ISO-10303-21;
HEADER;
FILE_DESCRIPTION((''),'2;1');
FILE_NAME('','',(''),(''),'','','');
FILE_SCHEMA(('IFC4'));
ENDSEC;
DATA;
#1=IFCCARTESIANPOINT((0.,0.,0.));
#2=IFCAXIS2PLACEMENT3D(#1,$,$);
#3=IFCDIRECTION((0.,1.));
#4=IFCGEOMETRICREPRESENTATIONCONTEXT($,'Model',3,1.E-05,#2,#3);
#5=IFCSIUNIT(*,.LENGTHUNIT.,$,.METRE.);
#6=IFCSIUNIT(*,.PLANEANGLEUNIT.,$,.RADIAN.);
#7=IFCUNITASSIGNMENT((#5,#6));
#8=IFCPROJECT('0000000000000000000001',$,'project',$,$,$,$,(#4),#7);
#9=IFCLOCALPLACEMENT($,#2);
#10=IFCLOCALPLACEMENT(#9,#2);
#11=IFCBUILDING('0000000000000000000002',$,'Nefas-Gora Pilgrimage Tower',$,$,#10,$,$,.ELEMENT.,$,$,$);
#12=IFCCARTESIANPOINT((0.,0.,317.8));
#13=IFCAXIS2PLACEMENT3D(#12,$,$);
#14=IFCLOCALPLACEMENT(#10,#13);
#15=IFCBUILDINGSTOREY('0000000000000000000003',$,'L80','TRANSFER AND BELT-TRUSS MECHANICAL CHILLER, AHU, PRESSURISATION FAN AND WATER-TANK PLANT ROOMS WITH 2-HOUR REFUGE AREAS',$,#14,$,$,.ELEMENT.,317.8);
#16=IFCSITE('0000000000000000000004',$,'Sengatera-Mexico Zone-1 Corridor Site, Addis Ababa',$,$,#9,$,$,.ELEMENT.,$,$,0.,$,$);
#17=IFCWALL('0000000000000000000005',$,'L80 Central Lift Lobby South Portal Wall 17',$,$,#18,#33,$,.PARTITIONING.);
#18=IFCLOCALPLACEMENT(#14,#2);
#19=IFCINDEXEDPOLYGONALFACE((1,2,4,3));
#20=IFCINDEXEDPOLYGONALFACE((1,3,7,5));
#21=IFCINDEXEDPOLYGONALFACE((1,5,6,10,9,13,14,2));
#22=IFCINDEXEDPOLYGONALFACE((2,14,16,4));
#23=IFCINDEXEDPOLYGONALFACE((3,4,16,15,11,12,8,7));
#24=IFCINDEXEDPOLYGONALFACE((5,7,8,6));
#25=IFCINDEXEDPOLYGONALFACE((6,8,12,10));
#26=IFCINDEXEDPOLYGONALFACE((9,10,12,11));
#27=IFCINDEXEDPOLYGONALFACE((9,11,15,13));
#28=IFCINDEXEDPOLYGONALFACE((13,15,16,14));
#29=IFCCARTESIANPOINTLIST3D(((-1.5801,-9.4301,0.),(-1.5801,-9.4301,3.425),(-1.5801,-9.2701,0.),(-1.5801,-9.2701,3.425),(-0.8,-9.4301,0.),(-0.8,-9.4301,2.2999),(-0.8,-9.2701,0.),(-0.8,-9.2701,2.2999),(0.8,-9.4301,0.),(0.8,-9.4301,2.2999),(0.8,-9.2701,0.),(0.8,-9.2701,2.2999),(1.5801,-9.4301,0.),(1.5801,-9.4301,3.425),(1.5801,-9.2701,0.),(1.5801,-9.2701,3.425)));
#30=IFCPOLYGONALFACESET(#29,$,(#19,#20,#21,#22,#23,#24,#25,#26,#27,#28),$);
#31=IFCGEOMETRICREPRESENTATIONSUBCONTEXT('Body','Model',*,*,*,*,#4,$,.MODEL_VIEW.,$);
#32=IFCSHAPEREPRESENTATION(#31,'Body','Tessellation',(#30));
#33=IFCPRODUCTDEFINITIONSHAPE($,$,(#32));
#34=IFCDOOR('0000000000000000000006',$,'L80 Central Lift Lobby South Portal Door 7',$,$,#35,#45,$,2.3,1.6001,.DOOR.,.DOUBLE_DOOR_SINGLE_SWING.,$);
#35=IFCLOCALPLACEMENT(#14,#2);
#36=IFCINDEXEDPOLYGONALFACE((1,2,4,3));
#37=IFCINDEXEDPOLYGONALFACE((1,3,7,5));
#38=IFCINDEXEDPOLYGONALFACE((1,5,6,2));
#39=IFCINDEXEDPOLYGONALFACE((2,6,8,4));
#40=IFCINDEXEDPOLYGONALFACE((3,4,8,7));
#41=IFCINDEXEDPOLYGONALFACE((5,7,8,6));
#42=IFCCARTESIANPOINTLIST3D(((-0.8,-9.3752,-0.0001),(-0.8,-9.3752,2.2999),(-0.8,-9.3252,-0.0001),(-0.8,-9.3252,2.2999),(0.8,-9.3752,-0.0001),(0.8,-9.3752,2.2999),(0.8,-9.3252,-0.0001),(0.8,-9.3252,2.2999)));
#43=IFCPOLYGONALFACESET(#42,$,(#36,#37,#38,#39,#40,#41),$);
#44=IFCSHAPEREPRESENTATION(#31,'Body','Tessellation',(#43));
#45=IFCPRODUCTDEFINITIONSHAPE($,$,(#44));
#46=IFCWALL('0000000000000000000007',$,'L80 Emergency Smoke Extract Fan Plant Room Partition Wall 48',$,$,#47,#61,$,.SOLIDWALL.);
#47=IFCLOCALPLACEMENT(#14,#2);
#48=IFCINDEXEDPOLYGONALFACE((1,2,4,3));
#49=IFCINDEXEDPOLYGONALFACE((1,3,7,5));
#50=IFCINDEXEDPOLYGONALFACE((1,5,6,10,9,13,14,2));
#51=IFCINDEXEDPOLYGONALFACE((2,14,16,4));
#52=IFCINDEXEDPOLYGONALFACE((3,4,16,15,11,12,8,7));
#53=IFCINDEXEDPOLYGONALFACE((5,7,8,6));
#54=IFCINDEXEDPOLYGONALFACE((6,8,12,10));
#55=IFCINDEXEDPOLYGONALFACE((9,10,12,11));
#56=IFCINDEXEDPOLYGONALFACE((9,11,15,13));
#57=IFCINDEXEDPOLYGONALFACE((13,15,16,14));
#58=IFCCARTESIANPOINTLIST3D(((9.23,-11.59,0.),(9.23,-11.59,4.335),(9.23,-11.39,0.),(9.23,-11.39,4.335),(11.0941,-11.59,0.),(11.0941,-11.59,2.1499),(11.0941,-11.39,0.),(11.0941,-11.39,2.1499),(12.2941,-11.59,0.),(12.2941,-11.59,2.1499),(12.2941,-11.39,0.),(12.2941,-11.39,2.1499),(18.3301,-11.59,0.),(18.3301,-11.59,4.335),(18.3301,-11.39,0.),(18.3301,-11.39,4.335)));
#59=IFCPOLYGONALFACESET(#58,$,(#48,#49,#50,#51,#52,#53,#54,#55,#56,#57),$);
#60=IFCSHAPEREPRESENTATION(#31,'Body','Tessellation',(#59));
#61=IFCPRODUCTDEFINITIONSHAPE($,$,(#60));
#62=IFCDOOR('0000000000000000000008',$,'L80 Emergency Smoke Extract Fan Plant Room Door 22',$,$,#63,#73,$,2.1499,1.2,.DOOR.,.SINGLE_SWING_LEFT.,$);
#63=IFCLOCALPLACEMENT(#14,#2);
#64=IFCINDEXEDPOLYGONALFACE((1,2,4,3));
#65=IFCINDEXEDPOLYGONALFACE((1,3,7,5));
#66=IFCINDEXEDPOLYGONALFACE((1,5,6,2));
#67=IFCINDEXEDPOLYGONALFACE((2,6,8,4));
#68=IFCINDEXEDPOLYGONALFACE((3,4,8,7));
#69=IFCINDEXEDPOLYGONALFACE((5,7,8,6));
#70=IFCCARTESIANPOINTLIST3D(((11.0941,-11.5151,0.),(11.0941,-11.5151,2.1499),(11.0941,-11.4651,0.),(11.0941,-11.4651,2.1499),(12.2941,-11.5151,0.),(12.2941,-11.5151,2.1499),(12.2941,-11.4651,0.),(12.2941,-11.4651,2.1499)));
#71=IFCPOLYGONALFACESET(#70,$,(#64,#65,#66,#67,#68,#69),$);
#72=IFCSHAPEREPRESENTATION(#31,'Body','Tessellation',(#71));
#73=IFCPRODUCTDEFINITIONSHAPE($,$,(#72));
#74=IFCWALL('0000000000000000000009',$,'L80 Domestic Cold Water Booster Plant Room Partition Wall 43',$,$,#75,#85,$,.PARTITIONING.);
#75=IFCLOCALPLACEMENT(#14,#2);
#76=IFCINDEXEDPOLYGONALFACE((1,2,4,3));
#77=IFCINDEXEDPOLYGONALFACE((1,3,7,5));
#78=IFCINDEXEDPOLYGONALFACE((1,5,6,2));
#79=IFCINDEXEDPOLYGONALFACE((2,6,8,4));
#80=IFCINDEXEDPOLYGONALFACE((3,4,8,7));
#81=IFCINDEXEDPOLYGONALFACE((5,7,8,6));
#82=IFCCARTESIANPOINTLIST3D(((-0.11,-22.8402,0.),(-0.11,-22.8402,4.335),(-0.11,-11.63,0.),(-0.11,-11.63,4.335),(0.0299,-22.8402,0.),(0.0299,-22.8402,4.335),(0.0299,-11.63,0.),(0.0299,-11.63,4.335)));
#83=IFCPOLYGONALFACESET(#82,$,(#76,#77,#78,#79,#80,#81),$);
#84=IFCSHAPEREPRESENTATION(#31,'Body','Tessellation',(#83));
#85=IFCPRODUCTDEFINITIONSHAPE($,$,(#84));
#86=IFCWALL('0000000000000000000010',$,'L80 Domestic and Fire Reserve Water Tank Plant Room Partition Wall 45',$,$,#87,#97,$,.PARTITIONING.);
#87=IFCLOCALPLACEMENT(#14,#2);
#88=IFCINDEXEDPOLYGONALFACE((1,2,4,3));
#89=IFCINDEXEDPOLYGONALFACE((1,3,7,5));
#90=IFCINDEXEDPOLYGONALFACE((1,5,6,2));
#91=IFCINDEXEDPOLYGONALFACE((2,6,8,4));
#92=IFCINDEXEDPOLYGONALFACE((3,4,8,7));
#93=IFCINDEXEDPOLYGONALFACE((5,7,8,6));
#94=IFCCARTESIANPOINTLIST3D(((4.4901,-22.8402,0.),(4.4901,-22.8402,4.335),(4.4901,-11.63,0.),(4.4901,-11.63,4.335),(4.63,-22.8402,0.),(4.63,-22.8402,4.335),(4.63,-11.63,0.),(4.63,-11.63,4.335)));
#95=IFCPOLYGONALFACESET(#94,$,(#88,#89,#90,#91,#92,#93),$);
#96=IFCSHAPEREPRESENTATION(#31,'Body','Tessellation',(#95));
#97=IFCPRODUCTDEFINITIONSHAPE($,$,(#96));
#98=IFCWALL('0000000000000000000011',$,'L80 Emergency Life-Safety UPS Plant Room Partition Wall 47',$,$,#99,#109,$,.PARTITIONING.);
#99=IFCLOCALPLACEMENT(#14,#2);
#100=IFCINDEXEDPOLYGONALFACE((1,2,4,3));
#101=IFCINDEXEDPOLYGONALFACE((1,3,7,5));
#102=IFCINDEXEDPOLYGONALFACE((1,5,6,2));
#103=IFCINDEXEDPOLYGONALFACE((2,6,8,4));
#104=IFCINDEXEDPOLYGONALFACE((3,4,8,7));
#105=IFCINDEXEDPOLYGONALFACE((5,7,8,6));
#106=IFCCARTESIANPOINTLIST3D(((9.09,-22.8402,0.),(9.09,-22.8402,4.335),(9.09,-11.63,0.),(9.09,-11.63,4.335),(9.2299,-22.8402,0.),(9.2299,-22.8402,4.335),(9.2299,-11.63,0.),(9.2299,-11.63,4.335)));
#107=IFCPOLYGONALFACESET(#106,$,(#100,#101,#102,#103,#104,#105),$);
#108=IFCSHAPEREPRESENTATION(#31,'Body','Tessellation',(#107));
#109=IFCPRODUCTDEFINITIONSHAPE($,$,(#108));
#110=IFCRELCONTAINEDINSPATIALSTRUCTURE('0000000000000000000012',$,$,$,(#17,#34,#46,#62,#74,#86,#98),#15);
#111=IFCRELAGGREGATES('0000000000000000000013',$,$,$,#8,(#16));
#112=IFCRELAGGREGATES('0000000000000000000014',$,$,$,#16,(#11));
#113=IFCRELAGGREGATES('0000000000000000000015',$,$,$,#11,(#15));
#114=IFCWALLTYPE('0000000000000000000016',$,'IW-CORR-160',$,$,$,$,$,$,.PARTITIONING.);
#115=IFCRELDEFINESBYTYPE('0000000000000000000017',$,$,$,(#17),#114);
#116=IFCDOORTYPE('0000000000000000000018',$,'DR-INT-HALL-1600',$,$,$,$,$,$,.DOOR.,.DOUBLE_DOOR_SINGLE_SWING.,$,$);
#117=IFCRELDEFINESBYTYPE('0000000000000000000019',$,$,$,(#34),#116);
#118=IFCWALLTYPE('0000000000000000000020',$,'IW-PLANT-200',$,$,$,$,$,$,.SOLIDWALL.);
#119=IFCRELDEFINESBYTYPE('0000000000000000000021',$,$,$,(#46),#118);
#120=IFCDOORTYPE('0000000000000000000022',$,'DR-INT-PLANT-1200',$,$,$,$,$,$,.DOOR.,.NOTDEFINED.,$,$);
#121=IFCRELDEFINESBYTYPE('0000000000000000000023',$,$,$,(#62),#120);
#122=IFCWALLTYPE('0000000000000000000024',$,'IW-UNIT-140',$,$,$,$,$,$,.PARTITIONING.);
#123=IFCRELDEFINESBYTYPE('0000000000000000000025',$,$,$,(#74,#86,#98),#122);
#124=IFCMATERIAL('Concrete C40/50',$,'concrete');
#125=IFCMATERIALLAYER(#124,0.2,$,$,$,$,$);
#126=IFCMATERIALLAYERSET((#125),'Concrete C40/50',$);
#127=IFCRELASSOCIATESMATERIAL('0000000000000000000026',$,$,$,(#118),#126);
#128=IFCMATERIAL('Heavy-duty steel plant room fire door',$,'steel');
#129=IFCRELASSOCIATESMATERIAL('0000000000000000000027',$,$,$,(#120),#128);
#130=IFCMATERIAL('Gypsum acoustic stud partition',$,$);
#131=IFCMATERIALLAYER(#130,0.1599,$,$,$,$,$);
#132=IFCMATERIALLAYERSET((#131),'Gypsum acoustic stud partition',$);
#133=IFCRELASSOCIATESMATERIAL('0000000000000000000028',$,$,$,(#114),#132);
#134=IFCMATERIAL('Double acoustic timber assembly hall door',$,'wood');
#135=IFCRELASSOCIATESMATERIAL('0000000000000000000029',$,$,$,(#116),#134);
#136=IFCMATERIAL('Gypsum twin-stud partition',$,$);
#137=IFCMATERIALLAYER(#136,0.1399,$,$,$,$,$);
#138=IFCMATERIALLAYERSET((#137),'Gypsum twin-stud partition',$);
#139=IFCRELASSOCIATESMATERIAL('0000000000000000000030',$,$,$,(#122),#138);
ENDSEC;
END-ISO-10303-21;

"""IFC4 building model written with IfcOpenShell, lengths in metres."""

from ifc_helpers import new_model, si_unit, direction, frame, frame_2d, origin, place, context, subcontext, project, spatial, rectangle, extrude, source, transform, mapped, material, layer, layer_set, type_object, element, fill, save


model = new_model("IFC4")

# Units and contexts
model_context = context("Model", 3, precision=1e-05, world=origin(), true_north=direction((0.0, 1.0)))
body_context = subcontext(model_context, "Body", "Model", "MODEL_VIEW")
ifc_project = project(units=[si_unit("LENGTHUNIT", "METRE"), si_unit("PLANEANGLEUNIT", "RADIAN")], contexts=[model_context])

# Site, building, storey
site_placement = place(None, origin())
site = spatial("IfcSite", under=ifc_project, at=site_placement, Name="Sengatera-Mexico Zone-1 Corridor Site, Addis Ababa", CompositionType="ELEMENT", RefElevation=0.0)
building_placement = place(site_placement, origin())
building = spatial("IfcBuilding", under=site, at=building_placement, Name="Nefas-Gora Pilgrimage Tower", CompositionType="ELEMENT")
storey_placement = place(building_placement, frame((0.0, 0.0, 317.8)))
storey = spatial("IfcBuildingStorey", under=building, at=storey_placement, Name="L80", Description="TRANSFER AND BELT-TRUSS MECHANICAL CHILLER, AHU, PRESSURISATION FAN AND WATER-TANK PLANT ROOMS WITH 2-HOUR REFUGE AREAS", CompositionType="ELEMENT", Elevation=317.8)

# Walls, openings, doors
ifc_material_1 = material(Name="Concrete C40/50", Category="concrete")
ifc_layer_1 = layer(ifc_material_1, 0.2)
ifc_layer_set_1 = layer_set([ifc_layer_1], Name="Concrete C40/50")
wall_type_1 = type_object("IfcWallType", Name="IW-PLANT-200", PredefinedType="SOLIDWALL", material=ifc_layer_set_1)
ifc_material_2 = material(Name="Heavy-duty steel plant room fire door", Category="steel")
door_type_1 = type_object("IfcDoorType", Name="DR-INT-PLANT-1200", OperationType="NOTDEFINED", PredefinedType="DOOR", material=ifc_material_2)
shared_shape_1 = source(origin(), body_context, "Body", "SweptSolid", [
    extrude(rectangle(XDim=1.2, YDim=2.1499, at=frame_2d((0.6001, 1.075))), frame((0.0, 0.0249, 0.0), z_axis=(0.0, -1.0, 0.0), x_axis=(1.0, 0.0, 0.0)), (0.0, 0.0, 1.0), 0.05),
])
ifc_material_3 = material(Name="Gypsum acoustic stud partition")
ifc_layer_2 = layer(ifc_material_3, 0.1599)
ifc_layer_set_2 = layer_set([ifc_layer_2], Name="Gypsum acoustic stud partition")
wall_type_2 = type_object("IfcWallType", Name="IW-CORR-160", PredefinedType="PARTITIONING", material=ifc_layer_set_2)
shared_shape_2 = source(origin(), body_context, "Body", "SweptSolid", [
    extrude(rectangle(XDim=3.1602, YDim=0.1599, at=frame_2d((1.5801, 0.0))), origin(), (0.0, 0.0, 1.0), 3.425),
])
wall_1_placement = place(storey_placement, frame((-1.5801, -9.3501, 0.0), z_axis=(0.0, 0.0, 1.0), x_axis=(1.0, 0.0, 0.0)))
wall_1 = element("IfcWall", 1, at=wall_1_placement, inside=storey, type_object=wall_type_2, Name="L80 Central Lift Lobby South Portal Wall 17", PredefinedType="PARTITIONING", context=body_context, shape_type="MappedRepresentation", body=[
    mapped(shared_shape_2, transform((0.0, 0.0, 0.0), x_axis=(1.0, 0.0, 0.0), y_axis=(0.0, 1.0, 0.0), z_axis=(0.0, 0.0, 1.0), scale=1.0)),
])
opening_1_placement = place(wall_1_placement, frame((0.78, 0.0, 0.0)))
opening_1 = element("IfcOpeningElement", 2, at=opening_1_placement, cuts=wall_1, PredefinedType="OPENING", context=body_context, shape_type="SweptSolid", body=[
    extrude(rectangle(XDim=1.6001, YDim=2.3, at=frame_2d((0.8, 1.1499))), frame((0.0, 0.0898, 0.0), z_axis=(0.0, -1.0, 0.0), x_axis=(1.0, 0.0, 0.0)), (0.0, 0.0, 1.0), 0.1799),
])
ifc_material_4 = material(Name="Double acoustic timber assembly hall door", Category="wood")
door_type_2 = type_object("IfcDoorType", Name="DR-INT-HALL-1600", OperationType="DOUBLE_DOOR_SINGLE_SWING", PredefinedType="DOOR", material=ifc_material_4)
shared_shape_3 = source(origin(), body_context, "Body", "SweptSolid", [
    extrude(rectangle(XDim=1.6001, YDim=2.3, at=frame_2d((0.8, 1.1499))), frame((0.0, 0.0249, 0.0), z_axis=(0.0, -1.0, 0.0), x_axis=(1.0, 0.0, 0.0)), (0.0, 0.0, 1.0), 0.05),
])
door_1_placement = place(opening_1_placement, origin())
door_1 = element("IfcDoor", 3, at=door_1_placement, inside=storey, type_object=door_type_2, Name="L80 Central Lift Lobby South Portal Door 7", OperationType="DOUBLE_DOOR_SINGLE_SWING", OverallHeight=2.3, OverallWidth=1.6001, PredefinedType="DOOR", context=body_context, shape_type="MappedRepresentation", body=[
    mapped(shared_shape_3, transform((0.0, 0.0, 0.0), x_axis=(1.0, 0.0, 0.0), y_axis=(0.0, 1.0, 0.0), z_axis=(0.0, 0.0, 1.0), scale=1.0)),
])
fill(opening_1, door_1)
shared_shape_4 = source(origin(), body_context, "Body", "SweptSolid", [
    extrude(rectangle(XDim=9.1001, YDim=0.2, at=frame_2d((4.55, 0.0))), origin(), (0.0, 0.0, 1.0), 4.335),
])
wall_2_placement = place(storey_placement, frame((9.23, -11.49, 0.0), z_axis=(0.0, 0.0, 1.0), x_axis=(1.0, 0.0, 0.0)))
wall_2 = element("IfcWall", 4, at=wall_2_placement, inside=storey, type_object=wall_type_1, Name="L80 Emergency Smoke Extract Fan Plant Room Partition Wall 48", PredefinedType="SOLIDWALL", context=body_context, shape_type="MappedRepresentation", body=[
    mapped(shared_shape_4, transform((0.0, 0.0, 0.0), x_axis=(1.0, 0.0, 0.0), y_axis=(0.0, 1.0, 0.0), z_axis=(0.0, 0.0, 1.0), scale=1.0)),
])
opening_2_placement = place(wall_2_placement, frame((1.864, 0.0, 0.0)))
opening_2 = element("IfcOpeningElement", 5, at=opening_2_placement, cuts=wall_2, PredefinedType="OPENING", context=body_context, shape_type="SweptSolid", body=[
    extrude(rectangle(XDim=1.2, YDim=2.1499, at=frame_2d((0.6001, 1.075))), frame((0.0, 0.1099, 0.0), z_axis=(0.0, -1.0, 0.0), x_axis=(1.0, 0.0, 0.0)), (0.0, 0.0, 1.0), 0.22),
])
door_2_placement = place(opening_2_placement, origin())
door_2 = element("IfcDoor", 6, at=door_2_placement, inside=storey, type_object=door_type_1, Name="L80 Emergency Smoke Extract Fan Plant Room Door 22", OperationType="SINGLE_SWING_LEFT", OverallHeight=2.1499, OverallWidth=1.2, PredefinedType="DOOR", context=body_context, shape_type="MappedRepresentation", body=[
    mapped(shared_shape_1, transform((0.0, 0.0, 0.0), x_axis=(1.0, 0.0, 0.0), y_axis=(0.0, 1.0, 0.0), z_axis=(0.0, 0.0, 1.0), scale=1.0)),
])
fill(opening_2, door_2)

# Walls
ifc_material_5 = material(Name="Gypsum twin-stud partition")
ifc_layer_3 = layer(ifc_material_5, 0.1399)
ifc_layer_set_3 = layer_set([ifc_layer_3], Name="Gypsum twin-stud partition")
wall_type_3 = type_object("IfcWallType", Name="IW-UNIT-140", PredefinedType="PARTITIONING", material=ifc_layer_set_3)
shared_shape_5 = source(origin(), body_context, "Body", "SweptSolid", [
    extrude(rectangle(XDim=11.2102, YDim=0.1399, at=frame_2d((5.605, 0.0))), origin(), (0.0, 0.0, 1.0), 4.335),
])
for number, where, z_axis, x_axis, name in (
    (7, (-0.04, -22.8401, 0.0), (0.0, 0.0, 1.0), (0.0, 1.0, 0.0), "L80 Domestic Cold Water Booster Plant Room Partition Wall 43"),
    (8, (4.5601, -22.8401, 0.0), (0.0, 0.0, 1.0), (0.0, 1.0, 0.0), "L80 Domestic and Fire Reserve Water Tank Plant Room Partition Wall 45"),
    (9, (9.1599, -22.8401, 0.0), (0.0, 0.0, 1.0), (0.0, 1.0, 0.0), "L80 Emergency Life-Safety UPS Plant Room Partition Wall 47"),
):
    element("IfcWall", number, at=place(storey_placement, frame(where, z_axis=z_axis, x_axis=x_axis)), inside=storey, type_object=wall_type_3, Name=name, PredefinedType="PARTITIONING", context=body_context, shape_type="MappedRepresentation", body=[
        mapped(shared_shape_5, transform((0.0, 0.0, 0.0), x_axis=(1.0, 0.0, 0.0), y_axis=(0.0, 1.0, 0.0), z_axis=(0.0, 0.0, 1.0), scale=1.0)),
    ])

save(model, "model.ifc")
